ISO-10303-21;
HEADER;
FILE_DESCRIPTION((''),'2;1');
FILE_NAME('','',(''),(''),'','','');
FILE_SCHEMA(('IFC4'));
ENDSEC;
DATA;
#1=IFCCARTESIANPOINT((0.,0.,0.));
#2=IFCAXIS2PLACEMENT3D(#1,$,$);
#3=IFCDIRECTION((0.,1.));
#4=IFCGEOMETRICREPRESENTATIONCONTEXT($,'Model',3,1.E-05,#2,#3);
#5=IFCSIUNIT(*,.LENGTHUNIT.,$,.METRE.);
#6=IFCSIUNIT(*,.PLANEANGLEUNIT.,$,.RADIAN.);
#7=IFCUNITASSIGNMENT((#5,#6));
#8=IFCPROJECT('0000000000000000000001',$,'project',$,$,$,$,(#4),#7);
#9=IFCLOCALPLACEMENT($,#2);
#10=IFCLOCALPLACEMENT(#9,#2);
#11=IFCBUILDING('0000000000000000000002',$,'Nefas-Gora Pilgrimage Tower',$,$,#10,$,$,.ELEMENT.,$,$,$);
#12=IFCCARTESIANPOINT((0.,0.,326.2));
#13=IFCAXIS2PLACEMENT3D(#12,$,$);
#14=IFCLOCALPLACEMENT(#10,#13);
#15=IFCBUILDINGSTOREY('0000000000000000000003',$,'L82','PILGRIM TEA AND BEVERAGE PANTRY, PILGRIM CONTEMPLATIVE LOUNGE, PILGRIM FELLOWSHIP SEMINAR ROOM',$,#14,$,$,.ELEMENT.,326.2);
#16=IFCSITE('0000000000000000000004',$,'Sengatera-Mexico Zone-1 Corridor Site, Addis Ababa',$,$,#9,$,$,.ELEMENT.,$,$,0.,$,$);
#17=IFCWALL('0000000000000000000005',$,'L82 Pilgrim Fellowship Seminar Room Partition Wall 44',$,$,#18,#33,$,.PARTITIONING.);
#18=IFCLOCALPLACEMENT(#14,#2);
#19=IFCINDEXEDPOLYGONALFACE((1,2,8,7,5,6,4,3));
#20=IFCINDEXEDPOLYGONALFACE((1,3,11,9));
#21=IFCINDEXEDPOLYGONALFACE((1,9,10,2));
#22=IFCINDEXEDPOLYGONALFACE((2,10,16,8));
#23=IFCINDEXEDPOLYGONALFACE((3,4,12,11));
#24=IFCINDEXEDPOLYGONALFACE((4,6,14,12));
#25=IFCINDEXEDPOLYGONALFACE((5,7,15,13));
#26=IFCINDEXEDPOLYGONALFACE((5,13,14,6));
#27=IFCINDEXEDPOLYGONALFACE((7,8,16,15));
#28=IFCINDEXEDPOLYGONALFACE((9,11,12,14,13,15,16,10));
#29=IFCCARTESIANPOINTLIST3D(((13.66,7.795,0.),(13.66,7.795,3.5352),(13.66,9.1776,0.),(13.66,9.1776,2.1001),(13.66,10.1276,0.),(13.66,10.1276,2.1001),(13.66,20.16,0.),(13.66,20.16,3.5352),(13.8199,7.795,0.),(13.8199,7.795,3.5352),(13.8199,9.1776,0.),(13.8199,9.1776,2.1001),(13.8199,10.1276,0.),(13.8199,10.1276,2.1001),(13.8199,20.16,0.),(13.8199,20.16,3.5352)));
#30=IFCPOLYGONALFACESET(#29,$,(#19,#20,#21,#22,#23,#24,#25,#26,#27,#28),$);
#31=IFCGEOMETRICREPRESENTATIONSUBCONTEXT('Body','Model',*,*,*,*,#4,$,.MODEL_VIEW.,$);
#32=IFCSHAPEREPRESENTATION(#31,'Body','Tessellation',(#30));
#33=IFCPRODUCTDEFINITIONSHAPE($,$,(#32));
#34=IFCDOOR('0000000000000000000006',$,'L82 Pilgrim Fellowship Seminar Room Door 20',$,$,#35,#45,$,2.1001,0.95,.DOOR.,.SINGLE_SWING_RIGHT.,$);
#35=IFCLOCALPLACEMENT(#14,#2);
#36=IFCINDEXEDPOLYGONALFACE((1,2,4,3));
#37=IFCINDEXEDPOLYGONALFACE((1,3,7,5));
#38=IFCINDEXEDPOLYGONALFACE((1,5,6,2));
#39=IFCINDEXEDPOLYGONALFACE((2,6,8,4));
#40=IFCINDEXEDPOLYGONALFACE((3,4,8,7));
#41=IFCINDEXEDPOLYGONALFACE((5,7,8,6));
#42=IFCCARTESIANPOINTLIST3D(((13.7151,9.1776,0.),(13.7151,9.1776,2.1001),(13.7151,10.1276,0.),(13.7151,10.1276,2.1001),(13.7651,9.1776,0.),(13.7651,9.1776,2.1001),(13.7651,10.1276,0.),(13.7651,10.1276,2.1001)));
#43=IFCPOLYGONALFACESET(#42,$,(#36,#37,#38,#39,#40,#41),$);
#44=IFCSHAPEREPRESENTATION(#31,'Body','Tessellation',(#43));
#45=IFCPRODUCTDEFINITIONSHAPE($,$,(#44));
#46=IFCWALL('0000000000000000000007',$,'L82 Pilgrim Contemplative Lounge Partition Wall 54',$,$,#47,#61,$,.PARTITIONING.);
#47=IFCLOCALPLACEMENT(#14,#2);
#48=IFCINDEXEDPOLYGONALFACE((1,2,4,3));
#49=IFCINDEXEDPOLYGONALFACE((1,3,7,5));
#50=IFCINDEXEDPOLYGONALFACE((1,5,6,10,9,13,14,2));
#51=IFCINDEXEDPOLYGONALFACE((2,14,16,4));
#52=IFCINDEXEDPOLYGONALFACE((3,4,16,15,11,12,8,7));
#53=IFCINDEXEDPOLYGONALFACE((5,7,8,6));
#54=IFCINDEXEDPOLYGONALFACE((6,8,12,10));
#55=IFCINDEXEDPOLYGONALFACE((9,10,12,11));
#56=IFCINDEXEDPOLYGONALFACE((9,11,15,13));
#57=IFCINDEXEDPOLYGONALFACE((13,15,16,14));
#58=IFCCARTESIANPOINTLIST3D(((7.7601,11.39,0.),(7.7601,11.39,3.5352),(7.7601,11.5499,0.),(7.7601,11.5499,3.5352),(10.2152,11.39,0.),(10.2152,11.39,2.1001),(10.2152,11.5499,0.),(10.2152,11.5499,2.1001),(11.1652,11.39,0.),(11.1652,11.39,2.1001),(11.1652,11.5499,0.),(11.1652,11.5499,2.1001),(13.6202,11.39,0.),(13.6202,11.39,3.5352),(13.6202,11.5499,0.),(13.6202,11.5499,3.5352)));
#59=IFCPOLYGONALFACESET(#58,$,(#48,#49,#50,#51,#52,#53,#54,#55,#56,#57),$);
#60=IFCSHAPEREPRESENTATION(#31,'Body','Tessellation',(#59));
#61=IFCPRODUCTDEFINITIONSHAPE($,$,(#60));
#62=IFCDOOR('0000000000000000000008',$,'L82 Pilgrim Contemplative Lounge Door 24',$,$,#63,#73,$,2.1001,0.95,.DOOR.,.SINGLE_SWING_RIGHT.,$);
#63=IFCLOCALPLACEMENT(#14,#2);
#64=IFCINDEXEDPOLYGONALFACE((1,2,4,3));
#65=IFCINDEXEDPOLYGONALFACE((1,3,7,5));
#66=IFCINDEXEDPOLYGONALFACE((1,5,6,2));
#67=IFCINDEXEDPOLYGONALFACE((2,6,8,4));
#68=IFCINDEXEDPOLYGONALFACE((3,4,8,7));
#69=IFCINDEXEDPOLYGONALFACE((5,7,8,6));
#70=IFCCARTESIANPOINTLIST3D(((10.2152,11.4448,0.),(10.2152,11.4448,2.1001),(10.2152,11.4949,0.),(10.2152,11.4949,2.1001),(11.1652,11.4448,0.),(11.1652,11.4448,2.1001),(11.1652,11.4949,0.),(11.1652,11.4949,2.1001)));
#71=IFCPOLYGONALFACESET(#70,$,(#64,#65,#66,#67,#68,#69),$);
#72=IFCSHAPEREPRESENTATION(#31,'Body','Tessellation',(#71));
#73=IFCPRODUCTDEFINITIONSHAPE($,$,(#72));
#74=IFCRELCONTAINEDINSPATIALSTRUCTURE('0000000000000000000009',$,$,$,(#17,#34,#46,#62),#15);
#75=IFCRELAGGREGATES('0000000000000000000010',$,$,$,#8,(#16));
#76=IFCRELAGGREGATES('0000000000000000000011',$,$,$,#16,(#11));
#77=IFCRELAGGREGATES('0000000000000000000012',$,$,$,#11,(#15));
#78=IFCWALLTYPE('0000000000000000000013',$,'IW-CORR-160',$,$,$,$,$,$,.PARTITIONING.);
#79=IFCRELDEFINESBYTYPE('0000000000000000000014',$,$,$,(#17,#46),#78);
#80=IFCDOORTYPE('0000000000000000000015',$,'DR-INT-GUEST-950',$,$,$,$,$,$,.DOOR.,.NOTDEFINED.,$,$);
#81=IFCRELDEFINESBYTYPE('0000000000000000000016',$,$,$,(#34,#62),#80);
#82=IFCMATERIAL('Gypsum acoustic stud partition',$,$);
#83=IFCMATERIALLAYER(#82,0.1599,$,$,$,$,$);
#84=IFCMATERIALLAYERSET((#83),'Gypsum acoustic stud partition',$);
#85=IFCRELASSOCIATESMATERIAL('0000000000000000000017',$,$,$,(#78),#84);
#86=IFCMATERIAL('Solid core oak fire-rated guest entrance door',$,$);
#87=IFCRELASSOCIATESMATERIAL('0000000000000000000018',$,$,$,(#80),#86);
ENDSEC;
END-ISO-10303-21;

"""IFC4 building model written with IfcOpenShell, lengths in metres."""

from ifc_helpers import new_model, si_unit, direction, frame, frame_2d, origin, place, context, subcontext, project, spatial, rectangle, extrude, source, transform, mapped, material, layer, layer_set, type_object, element, fill, save


model = new_model("IFC4")

# Units and contexts
model_context = context("Model", 3, precision=1e-05, world=origin(), true_north=direction((0.0, 1.0)))
body_context = subcontext(model_context, "Body", "Model", "MODEL_VIEW")
ifc_project = project(units=[si_unit("LENGTHUNIT", "METRE"), si_unit("PLANEANGLEUNIT", "RADIAN")], contexts=[model_context])

# Site, building, storey
site_placement = place(None, origin())
site = spatial("IfcSite", under=ifc_project, at=site_placement, Name="Sengatera-Mexico Zone-1 Corridor Site, Addis Ababa", CompositionType="ELEMENT", RefElevation=0.0)
building_placement = place(site_placement, origin())
building = spatial("IfcBuilding", under=site, at=building_placement, Name="Nefas-Gora Pilgrimage Tower", CompositionType="ELEMENT")
storey_placement = place(building_placement, frame((0.0, 0.0, 326.2)))
storey = spatial("IfcBuildingStorey", under=building, at=storey_placement, Name="L82", Description="PILGRIM TEA AND BEVERAGE PANTRY, PILGRIM CONTEMPLATIVE LOUNGE, PILGRIM FELLOWSHIP SEMINAR ROOM", CompositionType="ELEMENT", Elevation=326.2)

# Walls, openings, doors
ifc_material_1 = material(Name="Gypsum acoustic stud partition")
ifc_layer_1 = layer(ifc_material_1, 0.1599)
ifc_layer_set_1 = layer_set([ifc_layer_1], Name="Gypsum acoustic stud partition")
wall_type_1 = type_object("IfcWallType", Name="IW-CORR-160", PredefinedType="PARTITIONING", material=ifc_layer_set_1)
shared_shape_1 = source(origin(), body_context, "Body", "SweptSolid", [
    extrude(rectangle(XDim=12.365, YDim=0.1599, at=frame_2d((6.1826, 0.0))), origin(), (0.0, 0.0, 1.0), 3.5352),
])
wall_1_placement = place(storey_placement, frame((13.74, 7.7949, 0.0), z_axis=(0.0, 0.0, 1.0), x_axis=(0.0, 1.0, 0.0)))
wall_1 = element("IfcWall", 1, at=wall_1_placement, inside=storey, type_object=wall_type_1, Name="L82 Pilgrim Fellowship Seminar Room Partition Wall 44", PredefinedType="PARTITIONING", context=body_context, shape_type="MappedRepresentation", body=[
    mapped(shared_shape_1, transform((0.0, 0.0, 0.0), x_axis=(1.0, 0.0, 0.0), y_axis=(0.0, 1.0, 0.0), z_axis=(0.0, 0.0, 1.0), scale=1.0)),
])
opening_1_placement = place(wall_1_placement, frame((1.3826, 0.0, 0.0)))
opening_1 = element("IfcOpeningElement", 2, at=opening_1_placement, cuts=wall_1, PredefinedType="OPENING", context=body_context, shape_type="SweptSolid", body=[
    extrude(rectangle(XDim=0.95, YDim=2.1001, at=frame_2d((0.4751, 1.05))), frame((0.0, 0.0898, 0.0), z_axis=(0.0, -1.0, 0.0), x_axis=(1.0, 0.0, 0.0)), (0.0, 0.0, 1.0), 0.1799),
])
ifc_material_2 = material(Name="Solid core oak fire-rated guest entrance door")
door_type = type_object("IfcDoorType", Name="DR-INT-GUEST-950", OperationType="NOTDEFINED", PredefinedType="DOOR", material=ifc_material_2)
shared_shape_2 = source(origin(), body_context, "Body", "SweptSolid", [
    extrude(rectangle(XDim=0.95, YDim=2.1001, at=frame_2d((0.4751, 1.05))), frame((0.0, 0.0249, 0.0), z_axis=(0.0, -1.0, 0.0), x_axis=(1.0, 0.0, 0.0)), (0.0, 0.0, 1.0), 0.05),
])
door_1_placement = place(opening_1_placement, origin())
door_1 = element("IfcDoor", 3, at=door_1_placement, inside=storey, type_object=door_type, Name="L82 Pilgrim Fellowship Seminar Room Door 20", OperationType="SINGLE_SWING_RIGHT", OverallHeight=2.1001, OverallWidth=0.95, PredefinedType="DOOR", context=body_context, shape_type="MappedRepresentation", body=[
    mapped(shared_shape_2, transform((0.0, 0.0, 0.0), x_axis=(1.0, 0.0, 0.0), y_axis=(0.0, 1.0, 0.0), z_axis=(0.0, 0.0, 1.0), scale=1.0)),
])
fill(opening_1, door_1)
shared_shape_3 = source(origin(), body_context, "Body", "SweptSolid", [
    extrude(rectangle(XDim=5.8601, YDim=0.1599, at=frame_2d((2.9302, 0.0))), origin(), (0.0, 0.0, 1.0), 3.5352),
])
wall_2_placement = place(storey_placement, frame((7.76, 11.47, 0.0), z_axis=(0.0, 0.0, 1.0), x_axis=(1.0, 0.0, 0.0)))
wall_2 = element("IfcWall", 4, at=wall_2_placement, inside=storey, type_object=wall_type_1, Name="L82 Pilgrim Contemplative Lounge Partition Wall 54", PredefinedType="PARTITIONING", context=body_context, shape_type="MappedRepresentation", body=[
    mapped(shared_shape_3, transform((0.0, 0.0, 0.0), x_axis=(1.0, 0.0, 0.0), y_axis=(0.0, 1.0, 0.0), z_axis=(0.0, 0.0, 1.0), scale=1.0)),
])
opening_2_placement = place(wall_2_placement, frame((2.4551, 0.0, 0.0)))
opening_2 = element("IfcOpeningElement", 5, at=opening_2_placement, cuts=wall_2, PredefinedType="OPENING", context=body_context, shape_type="SweptSolid", body=[
    extrude(rectangle(XDim=0.95, YDim=2.1001, at=frame_2d((0.4751, 1.05))), frame((0.0, 0.0898, 0.0), z_axis=(0.0, -1.0, 0.0), x_axis=(1.0, 0.0, 0.0)), (0.0, 0.0, 1.0), 0.1799),
])
door_2_placement = place(opening_2_placement, origin())
door_2 = element("IfcDoor", 6, at=door_2_placement, inside=storey, type_object=door_type, Name="L82 Pilgrim Contemplative Lounge Door 24", OperationType="SINGLE_SWING_RIGHT", OverallHeight=2.1001, OverallWidth=0.95, PredefinedType="DOOR", context=body_context, shape_type="MappedRepresentation", body=[
    mapped(shared_shape_2, transform((0.0, 0.0, 0.0), x_axis=(1.0, 0.0, 0.0), y_axis=(0.0, 1.0, 0.0), z_axis=(0.0, 0.0, 1.0), scale=1.0)),
])
fill(opening_2, door_2)

save(model, "model.ifc")
